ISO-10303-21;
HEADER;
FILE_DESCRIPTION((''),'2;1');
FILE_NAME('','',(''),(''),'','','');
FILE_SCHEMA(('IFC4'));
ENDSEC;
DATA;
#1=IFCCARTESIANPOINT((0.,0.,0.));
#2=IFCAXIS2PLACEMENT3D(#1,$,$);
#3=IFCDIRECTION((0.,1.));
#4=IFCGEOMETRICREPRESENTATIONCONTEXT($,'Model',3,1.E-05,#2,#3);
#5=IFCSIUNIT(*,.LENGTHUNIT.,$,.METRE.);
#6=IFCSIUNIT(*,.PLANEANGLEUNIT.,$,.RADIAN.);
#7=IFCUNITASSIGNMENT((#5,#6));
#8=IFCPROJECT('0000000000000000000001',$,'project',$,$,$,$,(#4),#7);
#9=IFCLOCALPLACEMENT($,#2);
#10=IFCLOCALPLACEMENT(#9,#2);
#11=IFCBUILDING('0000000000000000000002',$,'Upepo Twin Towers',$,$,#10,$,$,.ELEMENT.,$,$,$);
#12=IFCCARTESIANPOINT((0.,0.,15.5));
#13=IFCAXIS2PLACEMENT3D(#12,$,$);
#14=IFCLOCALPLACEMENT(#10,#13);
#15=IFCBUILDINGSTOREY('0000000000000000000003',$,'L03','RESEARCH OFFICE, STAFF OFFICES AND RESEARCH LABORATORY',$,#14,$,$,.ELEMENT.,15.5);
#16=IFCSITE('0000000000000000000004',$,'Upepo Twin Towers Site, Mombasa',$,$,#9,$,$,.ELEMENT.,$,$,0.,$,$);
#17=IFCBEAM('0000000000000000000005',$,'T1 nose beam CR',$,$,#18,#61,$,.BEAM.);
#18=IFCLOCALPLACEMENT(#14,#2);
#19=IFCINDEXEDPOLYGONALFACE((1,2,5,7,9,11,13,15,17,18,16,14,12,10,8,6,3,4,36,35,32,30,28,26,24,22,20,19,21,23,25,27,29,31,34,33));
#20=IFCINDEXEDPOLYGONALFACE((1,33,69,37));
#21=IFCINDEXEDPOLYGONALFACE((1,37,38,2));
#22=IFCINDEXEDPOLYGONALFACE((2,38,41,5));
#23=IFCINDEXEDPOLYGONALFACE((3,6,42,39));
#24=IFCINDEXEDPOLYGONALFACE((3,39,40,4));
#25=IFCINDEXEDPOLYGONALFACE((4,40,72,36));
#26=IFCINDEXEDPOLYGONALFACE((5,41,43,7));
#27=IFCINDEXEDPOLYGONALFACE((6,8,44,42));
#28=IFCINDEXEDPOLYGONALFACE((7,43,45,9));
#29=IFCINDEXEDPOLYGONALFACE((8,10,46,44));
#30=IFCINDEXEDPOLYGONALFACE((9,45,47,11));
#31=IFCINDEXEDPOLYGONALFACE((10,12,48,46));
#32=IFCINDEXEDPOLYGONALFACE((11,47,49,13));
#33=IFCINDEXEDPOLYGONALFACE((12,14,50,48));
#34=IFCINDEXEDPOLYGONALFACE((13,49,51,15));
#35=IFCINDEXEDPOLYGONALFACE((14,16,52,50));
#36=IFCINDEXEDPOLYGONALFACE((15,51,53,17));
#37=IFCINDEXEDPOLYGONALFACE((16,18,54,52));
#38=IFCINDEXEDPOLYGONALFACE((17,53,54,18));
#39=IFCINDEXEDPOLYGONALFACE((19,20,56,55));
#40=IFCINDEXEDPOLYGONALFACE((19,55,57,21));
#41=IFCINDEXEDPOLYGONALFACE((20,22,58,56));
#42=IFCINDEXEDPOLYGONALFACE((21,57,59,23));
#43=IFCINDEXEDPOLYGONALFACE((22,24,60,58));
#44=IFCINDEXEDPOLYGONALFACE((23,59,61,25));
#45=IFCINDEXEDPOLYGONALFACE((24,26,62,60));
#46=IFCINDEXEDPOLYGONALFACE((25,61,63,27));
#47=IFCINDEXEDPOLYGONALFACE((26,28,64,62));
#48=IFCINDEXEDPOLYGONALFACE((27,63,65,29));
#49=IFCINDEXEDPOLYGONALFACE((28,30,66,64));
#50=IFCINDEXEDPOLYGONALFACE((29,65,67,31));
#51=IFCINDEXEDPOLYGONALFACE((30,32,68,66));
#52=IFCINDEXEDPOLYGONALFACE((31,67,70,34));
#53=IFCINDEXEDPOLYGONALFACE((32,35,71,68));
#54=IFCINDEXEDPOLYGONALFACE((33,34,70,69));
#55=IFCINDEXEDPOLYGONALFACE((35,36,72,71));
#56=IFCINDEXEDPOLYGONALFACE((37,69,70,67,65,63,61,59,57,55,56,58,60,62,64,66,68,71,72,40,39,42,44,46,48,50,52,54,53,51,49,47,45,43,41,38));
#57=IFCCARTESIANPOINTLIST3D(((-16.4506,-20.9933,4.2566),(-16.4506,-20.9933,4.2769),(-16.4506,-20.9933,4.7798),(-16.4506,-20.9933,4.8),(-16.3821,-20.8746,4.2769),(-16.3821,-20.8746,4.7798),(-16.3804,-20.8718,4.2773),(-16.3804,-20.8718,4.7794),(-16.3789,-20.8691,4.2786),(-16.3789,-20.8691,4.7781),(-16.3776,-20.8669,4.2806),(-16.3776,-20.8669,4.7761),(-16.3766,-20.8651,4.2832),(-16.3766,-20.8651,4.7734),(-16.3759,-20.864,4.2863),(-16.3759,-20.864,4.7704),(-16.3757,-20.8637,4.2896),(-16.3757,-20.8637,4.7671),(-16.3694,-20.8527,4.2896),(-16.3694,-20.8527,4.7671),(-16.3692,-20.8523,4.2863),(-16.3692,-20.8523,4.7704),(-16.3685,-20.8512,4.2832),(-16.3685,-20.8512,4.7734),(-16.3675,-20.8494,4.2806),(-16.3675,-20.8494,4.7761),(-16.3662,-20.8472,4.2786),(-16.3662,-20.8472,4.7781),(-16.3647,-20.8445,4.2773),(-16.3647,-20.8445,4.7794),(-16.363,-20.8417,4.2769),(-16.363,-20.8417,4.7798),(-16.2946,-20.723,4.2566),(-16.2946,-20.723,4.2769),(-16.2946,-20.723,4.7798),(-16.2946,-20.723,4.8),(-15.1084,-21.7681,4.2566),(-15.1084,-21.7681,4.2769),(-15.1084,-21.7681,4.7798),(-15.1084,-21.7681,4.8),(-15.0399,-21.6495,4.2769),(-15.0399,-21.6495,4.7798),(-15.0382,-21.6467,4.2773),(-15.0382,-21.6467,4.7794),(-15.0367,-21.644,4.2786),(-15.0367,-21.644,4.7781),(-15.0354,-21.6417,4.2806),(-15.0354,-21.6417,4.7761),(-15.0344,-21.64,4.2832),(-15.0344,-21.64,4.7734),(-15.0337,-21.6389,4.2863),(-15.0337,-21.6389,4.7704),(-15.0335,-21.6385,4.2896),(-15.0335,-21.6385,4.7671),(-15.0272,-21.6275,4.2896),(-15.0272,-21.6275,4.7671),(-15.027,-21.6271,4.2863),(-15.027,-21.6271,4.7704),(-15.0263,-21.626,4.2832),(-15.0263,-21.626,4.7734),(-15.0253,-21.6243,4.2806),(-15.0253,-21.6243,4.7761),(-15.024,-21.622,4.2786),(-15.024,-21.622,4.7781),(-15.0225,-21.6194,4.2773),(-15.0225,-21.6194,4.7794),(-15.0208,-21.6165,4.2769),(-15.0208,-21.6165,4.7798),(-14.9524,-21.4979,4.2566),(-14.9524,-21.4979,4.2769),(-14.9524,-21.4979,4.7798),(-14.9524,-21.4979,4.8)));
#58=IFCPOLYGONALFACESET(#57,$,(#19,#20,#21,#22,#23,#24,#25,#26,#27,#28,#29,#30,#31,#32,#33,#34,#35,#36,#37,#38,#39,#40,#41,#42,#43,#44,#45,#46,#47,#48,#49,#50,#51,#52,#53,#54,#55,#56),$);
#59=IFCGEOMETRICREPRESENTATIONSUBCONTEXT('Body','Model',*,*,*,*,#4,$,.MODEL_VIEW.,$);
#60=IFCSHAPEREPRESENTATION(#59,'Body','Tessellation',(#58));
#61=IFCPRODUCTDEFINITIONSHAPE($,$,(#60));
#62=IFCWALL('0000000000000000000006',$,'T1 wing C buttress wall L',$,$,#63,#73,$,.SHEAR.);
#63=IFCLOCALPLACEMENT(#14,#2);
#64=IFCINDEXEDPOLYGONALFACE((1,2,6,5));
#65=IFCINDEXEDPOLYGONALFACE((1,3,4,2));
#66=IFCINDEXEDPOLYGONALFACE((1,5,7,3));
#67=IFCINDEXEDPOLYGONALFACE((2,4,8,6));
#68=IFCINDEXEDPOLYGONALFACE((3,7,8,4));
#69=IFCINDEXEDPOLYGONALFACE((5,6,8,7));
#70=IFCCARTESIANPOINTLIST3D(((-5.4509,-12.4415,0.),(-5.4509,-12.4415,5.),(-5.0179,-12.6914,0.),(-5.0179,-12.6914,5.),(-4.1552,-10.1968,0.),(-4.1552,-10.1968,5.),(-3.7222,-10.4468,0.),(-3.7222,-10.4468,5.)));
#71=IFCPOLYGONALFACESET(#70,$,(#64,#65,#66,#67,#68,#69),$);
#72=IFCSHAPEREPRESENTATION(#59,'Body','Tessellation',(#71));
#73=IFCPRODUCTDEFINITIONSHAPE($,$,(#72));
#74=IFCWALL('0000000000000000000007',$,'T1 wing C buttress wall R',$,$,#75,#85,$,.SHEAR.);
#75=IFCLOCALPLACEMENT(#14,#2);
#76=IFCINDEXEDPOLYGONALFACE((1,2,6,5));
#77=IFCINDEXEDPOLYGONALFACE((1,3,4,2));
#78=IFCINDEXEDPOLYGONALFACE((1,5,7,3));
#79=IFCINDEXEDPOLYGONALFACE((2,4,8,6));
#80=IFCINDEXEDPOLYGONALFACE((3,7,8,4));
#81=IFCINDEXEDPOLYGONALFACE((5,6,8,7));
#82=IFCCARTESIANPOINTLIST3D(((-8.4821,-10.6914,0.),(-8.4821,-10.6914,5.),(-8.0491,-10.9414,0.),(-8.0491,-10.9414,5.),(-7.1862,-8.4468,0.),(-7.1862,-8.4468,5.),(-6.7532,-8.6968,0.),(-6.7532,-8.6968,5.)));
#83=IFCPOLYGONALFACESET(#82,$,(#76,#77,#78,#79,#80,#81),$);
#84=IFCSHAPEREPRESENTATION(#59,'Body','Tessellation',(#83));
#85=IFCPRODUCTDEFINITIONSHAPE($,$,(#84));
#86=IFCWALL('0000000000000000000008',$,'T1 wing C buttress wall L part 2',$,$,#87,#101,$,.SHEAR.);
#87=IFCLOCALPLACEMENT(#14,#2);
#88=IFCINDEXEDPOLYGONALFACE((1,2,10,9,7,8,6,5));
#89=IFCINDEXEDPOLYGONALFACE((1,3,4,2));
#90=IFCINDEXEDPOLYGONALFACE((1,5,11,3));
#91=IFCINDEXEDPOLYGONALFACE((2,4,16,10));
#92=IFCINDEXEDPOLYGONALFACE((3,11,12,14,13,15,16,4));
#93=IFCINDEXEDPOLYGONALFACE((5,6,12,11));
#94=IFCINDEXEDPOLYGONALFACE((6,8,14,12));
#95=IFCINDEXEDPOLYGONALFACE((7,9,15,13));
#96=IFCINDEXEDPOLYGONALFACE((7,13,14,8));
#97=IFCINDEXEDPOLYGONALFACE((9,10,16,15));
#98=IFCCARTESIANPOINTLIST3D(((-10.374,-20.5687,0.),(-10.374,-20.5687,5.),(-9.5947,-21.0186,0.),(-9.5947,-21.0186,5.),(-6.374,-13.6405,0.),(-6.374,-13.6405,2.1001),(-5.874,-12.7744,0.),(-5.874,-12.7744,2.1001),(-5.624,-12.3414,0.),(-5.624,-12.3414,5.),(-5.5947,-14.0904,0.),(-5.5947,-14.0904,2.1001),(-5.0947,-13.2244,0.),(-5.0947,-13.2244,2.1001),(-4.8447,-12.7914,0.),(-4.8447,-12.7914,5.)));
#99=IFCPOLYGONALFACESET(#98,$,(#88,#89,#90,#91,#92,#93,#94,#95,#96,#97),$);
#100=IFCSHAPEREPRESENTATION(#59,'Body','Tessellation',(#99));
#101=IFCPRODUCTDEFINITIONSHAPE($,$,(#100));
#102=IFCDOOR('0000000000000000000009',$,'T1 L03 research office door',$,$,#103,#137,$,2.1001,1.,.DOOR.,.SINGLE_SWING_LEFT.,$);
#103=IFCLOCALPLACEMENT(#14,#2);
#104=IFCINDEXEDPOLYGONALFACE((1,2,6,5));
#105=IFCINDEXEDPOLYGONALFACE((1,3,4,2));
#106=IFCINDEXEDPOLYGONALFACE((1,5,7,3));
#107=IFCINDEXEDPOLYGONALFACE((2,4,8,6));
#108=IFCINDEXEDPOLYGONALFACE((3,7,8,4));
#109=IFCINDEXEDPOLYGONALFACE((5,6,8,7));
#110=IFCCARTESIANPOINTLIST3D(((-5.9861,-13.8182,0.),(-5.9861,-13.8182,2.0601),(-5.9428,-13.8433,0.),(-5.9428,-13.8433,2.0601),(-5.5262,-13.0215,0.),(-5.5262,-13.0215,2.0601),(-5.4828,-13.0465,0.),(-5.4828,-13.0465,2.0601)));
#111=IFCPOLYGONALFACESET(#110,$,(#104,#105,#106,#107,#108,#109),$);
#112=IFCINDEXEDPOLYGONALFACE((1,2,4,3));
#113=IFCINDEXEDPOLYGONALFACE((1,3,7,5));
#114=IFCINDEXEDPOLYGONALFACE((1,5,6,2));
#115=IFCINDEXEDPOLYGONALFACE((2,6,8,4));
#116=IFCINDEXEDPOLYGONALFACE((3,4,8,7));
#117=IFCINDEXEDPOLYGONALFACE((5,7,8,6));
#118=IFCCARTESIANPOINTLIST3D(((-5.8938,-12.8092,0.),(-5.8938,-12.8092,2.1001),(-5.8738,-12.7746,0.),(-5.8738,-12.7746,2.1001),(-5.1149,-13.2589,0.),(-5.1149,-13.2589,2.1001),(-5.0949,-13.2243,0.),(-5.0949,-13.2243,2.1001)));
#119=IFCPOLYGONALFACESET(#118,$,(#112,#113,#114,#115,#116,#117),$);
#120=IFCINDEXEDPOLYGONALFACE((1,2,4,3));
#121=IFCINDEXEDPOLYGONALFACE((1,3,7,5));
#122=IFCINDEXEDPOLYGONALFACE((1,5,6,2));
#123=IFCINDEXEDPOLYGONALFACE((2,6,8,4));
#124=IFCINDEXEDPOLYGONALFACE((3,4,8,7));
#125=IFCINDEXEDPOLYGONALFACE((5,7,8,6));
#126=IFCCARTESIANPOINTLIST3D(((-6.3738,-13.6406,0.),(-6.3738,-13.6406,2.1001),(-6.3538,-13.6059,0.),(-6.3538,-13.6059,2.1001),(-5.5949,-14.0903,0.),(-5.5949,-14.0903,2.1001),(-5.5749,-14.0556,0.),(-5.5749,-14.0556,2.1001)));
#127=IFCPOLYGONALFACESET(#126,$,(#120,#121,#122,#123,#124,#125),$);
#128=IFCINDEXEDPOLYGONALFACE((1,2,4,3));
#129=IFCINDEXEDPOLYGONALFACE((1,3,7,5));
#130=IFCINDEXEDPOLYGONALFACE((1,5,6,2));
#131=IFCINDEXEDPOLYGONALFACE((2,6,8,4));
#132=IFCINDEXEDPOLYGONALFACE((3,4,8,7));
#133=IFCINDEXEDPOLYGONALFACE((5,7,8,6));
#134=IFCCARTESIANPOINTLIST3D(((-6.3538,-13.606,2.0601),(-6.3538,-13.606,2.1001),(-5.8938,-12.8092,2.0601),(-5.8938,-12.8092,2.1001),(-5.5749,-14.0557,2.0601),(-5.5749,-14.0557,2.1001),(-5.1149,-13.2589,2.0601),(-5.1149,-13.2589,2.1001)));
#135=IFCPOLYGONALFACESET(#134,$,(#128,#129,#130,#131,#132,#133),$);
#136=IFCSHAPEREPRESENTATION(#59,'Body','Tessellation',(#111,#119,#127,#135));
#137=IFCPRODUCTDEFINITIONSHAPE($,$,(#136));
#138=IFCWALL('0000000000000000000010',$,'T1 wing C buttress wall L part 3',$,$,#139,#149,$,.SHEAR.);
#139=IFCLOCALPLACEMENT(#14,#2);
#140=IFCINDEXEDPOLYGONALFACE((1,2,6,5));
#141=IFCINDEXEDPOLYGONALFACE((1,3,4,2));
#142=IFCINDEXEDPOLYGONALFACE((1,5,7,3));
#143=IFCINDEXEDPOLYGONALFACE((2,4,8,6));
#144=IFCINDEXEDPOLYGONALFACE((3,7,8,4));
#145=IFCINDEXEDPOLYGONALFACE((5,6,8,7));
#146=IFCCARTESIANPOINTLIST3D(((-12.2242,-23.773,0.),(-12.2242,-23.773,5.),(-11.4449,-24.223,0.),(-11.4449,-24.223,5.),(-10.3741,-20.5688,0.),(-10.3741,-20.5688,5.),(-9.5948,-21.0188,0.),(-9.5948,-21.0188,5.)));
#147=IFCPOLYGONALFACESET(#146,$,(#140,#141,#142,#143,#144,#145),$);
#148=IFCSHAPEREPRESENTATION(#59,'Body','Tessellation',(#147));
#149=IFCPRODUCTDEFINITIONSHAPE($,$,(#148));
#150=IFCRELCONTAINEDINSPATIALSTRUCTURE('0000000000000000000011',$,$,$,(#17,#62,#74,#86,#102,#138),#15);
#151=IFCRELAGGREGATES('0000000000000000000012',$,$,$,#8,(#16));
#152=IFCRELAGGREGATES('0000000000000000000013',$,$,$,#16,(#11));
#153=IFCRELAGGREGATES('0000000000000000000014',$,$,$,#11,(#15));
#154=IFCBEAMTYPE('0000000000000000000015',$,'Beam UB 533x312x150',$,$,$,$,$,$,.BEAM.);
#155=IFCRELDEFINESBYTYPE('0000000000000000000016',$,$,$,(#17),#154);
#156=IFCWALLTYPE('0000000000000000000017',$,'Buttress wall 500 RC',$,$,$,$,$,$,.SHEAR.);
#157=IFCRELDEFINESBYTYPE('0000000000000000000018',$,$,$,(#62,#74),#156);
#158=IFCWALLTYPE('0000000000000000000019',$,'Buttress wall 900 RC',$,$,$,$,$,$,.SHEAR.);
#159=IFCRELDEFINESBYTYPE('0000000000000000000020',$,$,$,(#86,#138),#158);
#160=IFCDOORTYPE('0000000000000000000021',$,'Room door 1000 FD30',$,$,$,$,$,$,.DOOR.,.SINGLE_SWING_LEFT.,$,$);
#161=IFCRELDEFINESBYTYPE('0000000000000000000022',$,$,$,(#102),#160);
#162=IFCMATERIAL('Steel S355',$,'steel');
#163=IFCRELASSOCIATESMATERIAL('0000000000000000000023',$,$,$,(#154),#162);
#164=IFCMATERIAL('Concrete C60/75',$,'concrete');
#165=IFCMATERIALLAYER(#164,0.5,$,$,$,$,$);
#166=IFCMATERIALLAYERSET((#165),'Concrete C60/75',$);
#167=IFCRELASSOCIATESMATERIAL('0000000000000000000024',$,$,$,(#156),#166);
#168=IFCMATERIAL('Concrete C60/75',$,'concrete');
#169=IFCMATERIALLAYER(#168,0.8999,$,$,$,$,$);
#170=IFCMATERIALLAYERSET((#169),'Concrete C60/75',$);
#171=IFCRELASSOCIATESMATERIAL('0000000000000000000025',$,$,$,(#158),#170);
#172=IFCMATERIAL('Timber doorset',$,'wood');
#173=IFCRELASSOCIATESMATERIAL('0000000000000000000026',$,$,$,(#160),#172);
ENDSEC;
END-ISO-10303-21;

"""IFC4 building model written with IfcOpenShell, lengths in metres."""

from ifc_helpers import new_model, si_unit, direction, frame, frame_2d, origin, origin_2d, place, context, subcontext, project, spatial, rectangle, i_section, extrude, material, layer, layer_set, material_profile, profile_set, type_object, element, fill, save


model = new_model("IFC4")

# Units and contexts
model_context = context("Model", 3, precision=1e-05, world=origin(), true_north=direction((0.0, 1.0)))
body_context = subcontext(model_context, "Body", "Model", "MODEL_VIEW")
ifc_project = project(units=[si_unit("LENGTHUNIT", "METRE"), si_unit("PLANEANGLEUNIT", "RADIAN")], contexts=[model_context])

# Site, building, storey
site_placement = place(None, origin())
site = spatial("IfcSite", under=ifc_project, at=site_placement, Name="Upepo Twin Towers Site, Mombasa", CompositionType="ELEMENT", RefElevation=0.0)
building_placement = place(site_placement, origin())
building = spatial("IfcBuilding", under=site, at=building_placement, Name="Upepo Twin Towers", CompositionType="ELEMENT")
storey_placement = place(building_placement, frame((0.0, 0.0, 15.5)))
storey = spatial("IfcBuildingStorey", under=building, at=storey_placement, Name="L03", Description="RESEARCH OFFICE, STAFF OFFICES AND RESEARCH LABORATORY", CompositionType="ELEMENT", Elevation=15.5)

# Beam
ifc_material_1 = material(Name="Steel S355", Category="steel")
ifc_material_profile_1 = material_profile(ifc_material_1, i_section(OverallWidth=0.312, OverallDepth=0.5435, WebThickness=0.0127, FlangeThickness=0.0203, FilletRadius=0.0127, at=origin_2d()), Name="UB 533x312x150")
ifc_profile_set_1 = profile_set([ifc_material_profile_1], Name="Steel S355")
beam_type_1 = type_object("IfcBeamType", Name="Beam UB 533x312x150", PredefinedType="BEAM", material=ifc_profile_set_1)
beam_1_placement = place(storey_placement, frame((-16.3726, -20.8582, 4.5283), z_axis=(0.866044, -0.499968, 0.0), x_axis=(0.499968, 0.866044, 0.0)))
element("IfcBeam", 1, at=beam_1_placement, inside=storey, type_object=beam_type_1, Name="T1 nose beam CR", PredefinedType="BEAM", context=body_context, shape_type="SweptSolid", body=[
    extrude(i_section(OverallWidth=0.312, OverallDepth=0.5435, WebThickness=0.0127, FlangeThickness=0.0203, FilletRadius=0.0127, at=origin_2d()), origin(), (0.0, 0.0, 1.0), 1.5498),
])

# Walls
ifc_material_2 = material(Name="Concrete C60/75", Category="concrete")
ifc_layer_1 = layer(ifc_material_2, 0.5)
ifc_layer_set_1 = layer_set([ifc_layer_1], Name="Concrete C60/75")
wall_type_1 = type_object("IfcWallType", Name="Buttress wall 500 RC", PredefinedType="SHEAR", material=ifc_layer_set_1)
for number, where, z_axis, x_axis, name in (
    (2, (-3.9387, -10.3218, 0.0), (0.0, 0.0, 1.0), (-0.499918, -0.866073, 0.0), "T1 wing C buttress wall L"),
    (3, (-6.9697, -8.5718, 0.0), (0.0, 0.0, 1.0), (-0.499989, -0.866032, 0.0), "T1 wing C buttress wall R"),
):
    element("IfcWall", number, at=place(storey_placement, frame(where, z_axis=z_axis, x_axis=x_axis)), inside=storey, type_object=wall_type_1, Name=name, PredefinedType="SHEAR", context=body_context, shape_type="SweptSolid", body=[
        extrude(rectangle(XDim=2.5918, YDim=0.5, at=frame_2d((1.2959, 0.0))), origin(), (0.0, 0.0, 1.0), 5.0),
    ])

# Wall, opening, door
ifc_material_3 = material(Name="Concrete C60/75", Category="concrete")
ifc_layer_2 = layer(ifc_material_3, 0.8999)
ifc_layer_set_2 = layer_set([ifc_layer_2], Name="Concrete C60/75")
wall_type_2 = type_object("IfcWallType", Name="Buttress wall 900 RC", PredefinedType="SHEAR", material=ifc_layer_set_2)
wall_1_placement = place(storey_placement, frame((-5.2344, -12.5664, 0.0), z_axis=(0.0, 0.0, 1.0), x_axis=(-0.499998, -0.866027, 0.0)))
wall_1 = element("IfcWall", 4, at=wall_1_placement, inside=storey, type_object=wall_type_2, Name="T1 wing C buttress wall L part 2", PredefinedType="SHEAR", context=body_context, shape_type="SweptSolid", body=[
    extrude(rectangle(XDim=9.5, YDim=0.8999, at=frame_2d((4.75, 0.0))), origin(), (0.0, 0.0, 1.0), 5.0),
])
opening_1_placement = place(wall_1_placement, frame((0.5, 0.0, 0.0)))
opening_1 = element("IfcOpeningElement", 5, at=opening_1_placement, cuts=wall_1, PredefinedType="OPENING", context=body_context, shape_type="SweptSolid", body=[
    extrude(rectangle(XDim=1.0, YDim=2.1001, at=frame_2d((0.5, 1.05))), frame((0.0, 0.46, 0.0), z_axis=(0.0, -1.0, 0.0), x_axis=(1.0, 0.0, 0.0)), (0.0, 0.0, 1.0), 0.9199),
])
ifc_material_4 = material(Name="Timber doorset", Category="wood")
door_type_1 = type_object("IfcDoorType", Name="Room door 1000 FD30", OperationType="SINGLE_SWING_LEFT", PredefinedType="DOOR", material=ifc_material_4)
door_1_placement = place(opening_1_placement, origin())
door_1 = element("IfcDoor", 6, at=door_1_placement, inside=storey, type_object=door_type_1, Name="T1 L03 research office door", OperationType="SINGLE_SWING_LEFT", OverallHeight=2.1001, OverallWidth=1.0, PredefinedType="DOOR", context=body_context, shape_type="SweptSolid", body=[
    extrude(rectangle(XDim=0.92, YDim=2.0601, at=frame_2d((0.5, 1.03))), frame((0.0, 0.0249, 0.0), z_axis=(0.0, -1.0, 0.0), x_axis=(1.0, 0.0, 0.0)), (0.0, 0.0, 1.0), 0.05),
    extrude(rectangle(XDim=0.04, YDim=2.1001, at=frame_2d((0.02, 1.05))), frame((0.0, 0.4497, 0.0), z_axis=(0.0, -1.0, 0.0), x_axis=(1.0, 0.0, 0.0)), (0.0, 0.0, 1.0), 0.8994),
    extrude(rectangle(XDim=0.04, YDim=2.1001, at=frame_2d((0.98, 1.05))), frame((0.0, 0.4497, 0.0), z_axis=(0.0, -1.0, 0.0), x_axis=(1.0, 0.0, 0.0)), (0.0, 0.0, 1.0), 0.8994),
    extrude(rectangle(XDim=0.92, YDim=0.04, at=frame_2d((0.5, 2.0801))), frame((0.0, 0.4497, 0.0), z_axis=(0.0, -1.0, 0.0), x_axis=(1.0, 0.0, 0.0)), (0.0, 0.0, 1.0), 0.8994),
])
fill(opening_1, door_1)

# Wall
wall_2_placement = place(storey_placement, frame((-9.9844, -20.7937, 0.0), z_axis=(0.0, 0.0, 1.0), x_axis=(-0.500042, -0.866001, 0.0)))
element("IfcWall", 7, at=wall_2_placement, inside=storey, type_object=wall_type_2, Name="T1 wing C buttress wall L part 3", PredefinedType="SHEAR", context=body_context, shape_type="SweptSolid", body=[
    extrude(rectangle(XDim=3.7, YDim=0.8999, at=frame_2d((1.8501, 0.0))), origin(), (0.0, 0.0, 1.0), 5.0),
])

save(model, "model.ifc")
